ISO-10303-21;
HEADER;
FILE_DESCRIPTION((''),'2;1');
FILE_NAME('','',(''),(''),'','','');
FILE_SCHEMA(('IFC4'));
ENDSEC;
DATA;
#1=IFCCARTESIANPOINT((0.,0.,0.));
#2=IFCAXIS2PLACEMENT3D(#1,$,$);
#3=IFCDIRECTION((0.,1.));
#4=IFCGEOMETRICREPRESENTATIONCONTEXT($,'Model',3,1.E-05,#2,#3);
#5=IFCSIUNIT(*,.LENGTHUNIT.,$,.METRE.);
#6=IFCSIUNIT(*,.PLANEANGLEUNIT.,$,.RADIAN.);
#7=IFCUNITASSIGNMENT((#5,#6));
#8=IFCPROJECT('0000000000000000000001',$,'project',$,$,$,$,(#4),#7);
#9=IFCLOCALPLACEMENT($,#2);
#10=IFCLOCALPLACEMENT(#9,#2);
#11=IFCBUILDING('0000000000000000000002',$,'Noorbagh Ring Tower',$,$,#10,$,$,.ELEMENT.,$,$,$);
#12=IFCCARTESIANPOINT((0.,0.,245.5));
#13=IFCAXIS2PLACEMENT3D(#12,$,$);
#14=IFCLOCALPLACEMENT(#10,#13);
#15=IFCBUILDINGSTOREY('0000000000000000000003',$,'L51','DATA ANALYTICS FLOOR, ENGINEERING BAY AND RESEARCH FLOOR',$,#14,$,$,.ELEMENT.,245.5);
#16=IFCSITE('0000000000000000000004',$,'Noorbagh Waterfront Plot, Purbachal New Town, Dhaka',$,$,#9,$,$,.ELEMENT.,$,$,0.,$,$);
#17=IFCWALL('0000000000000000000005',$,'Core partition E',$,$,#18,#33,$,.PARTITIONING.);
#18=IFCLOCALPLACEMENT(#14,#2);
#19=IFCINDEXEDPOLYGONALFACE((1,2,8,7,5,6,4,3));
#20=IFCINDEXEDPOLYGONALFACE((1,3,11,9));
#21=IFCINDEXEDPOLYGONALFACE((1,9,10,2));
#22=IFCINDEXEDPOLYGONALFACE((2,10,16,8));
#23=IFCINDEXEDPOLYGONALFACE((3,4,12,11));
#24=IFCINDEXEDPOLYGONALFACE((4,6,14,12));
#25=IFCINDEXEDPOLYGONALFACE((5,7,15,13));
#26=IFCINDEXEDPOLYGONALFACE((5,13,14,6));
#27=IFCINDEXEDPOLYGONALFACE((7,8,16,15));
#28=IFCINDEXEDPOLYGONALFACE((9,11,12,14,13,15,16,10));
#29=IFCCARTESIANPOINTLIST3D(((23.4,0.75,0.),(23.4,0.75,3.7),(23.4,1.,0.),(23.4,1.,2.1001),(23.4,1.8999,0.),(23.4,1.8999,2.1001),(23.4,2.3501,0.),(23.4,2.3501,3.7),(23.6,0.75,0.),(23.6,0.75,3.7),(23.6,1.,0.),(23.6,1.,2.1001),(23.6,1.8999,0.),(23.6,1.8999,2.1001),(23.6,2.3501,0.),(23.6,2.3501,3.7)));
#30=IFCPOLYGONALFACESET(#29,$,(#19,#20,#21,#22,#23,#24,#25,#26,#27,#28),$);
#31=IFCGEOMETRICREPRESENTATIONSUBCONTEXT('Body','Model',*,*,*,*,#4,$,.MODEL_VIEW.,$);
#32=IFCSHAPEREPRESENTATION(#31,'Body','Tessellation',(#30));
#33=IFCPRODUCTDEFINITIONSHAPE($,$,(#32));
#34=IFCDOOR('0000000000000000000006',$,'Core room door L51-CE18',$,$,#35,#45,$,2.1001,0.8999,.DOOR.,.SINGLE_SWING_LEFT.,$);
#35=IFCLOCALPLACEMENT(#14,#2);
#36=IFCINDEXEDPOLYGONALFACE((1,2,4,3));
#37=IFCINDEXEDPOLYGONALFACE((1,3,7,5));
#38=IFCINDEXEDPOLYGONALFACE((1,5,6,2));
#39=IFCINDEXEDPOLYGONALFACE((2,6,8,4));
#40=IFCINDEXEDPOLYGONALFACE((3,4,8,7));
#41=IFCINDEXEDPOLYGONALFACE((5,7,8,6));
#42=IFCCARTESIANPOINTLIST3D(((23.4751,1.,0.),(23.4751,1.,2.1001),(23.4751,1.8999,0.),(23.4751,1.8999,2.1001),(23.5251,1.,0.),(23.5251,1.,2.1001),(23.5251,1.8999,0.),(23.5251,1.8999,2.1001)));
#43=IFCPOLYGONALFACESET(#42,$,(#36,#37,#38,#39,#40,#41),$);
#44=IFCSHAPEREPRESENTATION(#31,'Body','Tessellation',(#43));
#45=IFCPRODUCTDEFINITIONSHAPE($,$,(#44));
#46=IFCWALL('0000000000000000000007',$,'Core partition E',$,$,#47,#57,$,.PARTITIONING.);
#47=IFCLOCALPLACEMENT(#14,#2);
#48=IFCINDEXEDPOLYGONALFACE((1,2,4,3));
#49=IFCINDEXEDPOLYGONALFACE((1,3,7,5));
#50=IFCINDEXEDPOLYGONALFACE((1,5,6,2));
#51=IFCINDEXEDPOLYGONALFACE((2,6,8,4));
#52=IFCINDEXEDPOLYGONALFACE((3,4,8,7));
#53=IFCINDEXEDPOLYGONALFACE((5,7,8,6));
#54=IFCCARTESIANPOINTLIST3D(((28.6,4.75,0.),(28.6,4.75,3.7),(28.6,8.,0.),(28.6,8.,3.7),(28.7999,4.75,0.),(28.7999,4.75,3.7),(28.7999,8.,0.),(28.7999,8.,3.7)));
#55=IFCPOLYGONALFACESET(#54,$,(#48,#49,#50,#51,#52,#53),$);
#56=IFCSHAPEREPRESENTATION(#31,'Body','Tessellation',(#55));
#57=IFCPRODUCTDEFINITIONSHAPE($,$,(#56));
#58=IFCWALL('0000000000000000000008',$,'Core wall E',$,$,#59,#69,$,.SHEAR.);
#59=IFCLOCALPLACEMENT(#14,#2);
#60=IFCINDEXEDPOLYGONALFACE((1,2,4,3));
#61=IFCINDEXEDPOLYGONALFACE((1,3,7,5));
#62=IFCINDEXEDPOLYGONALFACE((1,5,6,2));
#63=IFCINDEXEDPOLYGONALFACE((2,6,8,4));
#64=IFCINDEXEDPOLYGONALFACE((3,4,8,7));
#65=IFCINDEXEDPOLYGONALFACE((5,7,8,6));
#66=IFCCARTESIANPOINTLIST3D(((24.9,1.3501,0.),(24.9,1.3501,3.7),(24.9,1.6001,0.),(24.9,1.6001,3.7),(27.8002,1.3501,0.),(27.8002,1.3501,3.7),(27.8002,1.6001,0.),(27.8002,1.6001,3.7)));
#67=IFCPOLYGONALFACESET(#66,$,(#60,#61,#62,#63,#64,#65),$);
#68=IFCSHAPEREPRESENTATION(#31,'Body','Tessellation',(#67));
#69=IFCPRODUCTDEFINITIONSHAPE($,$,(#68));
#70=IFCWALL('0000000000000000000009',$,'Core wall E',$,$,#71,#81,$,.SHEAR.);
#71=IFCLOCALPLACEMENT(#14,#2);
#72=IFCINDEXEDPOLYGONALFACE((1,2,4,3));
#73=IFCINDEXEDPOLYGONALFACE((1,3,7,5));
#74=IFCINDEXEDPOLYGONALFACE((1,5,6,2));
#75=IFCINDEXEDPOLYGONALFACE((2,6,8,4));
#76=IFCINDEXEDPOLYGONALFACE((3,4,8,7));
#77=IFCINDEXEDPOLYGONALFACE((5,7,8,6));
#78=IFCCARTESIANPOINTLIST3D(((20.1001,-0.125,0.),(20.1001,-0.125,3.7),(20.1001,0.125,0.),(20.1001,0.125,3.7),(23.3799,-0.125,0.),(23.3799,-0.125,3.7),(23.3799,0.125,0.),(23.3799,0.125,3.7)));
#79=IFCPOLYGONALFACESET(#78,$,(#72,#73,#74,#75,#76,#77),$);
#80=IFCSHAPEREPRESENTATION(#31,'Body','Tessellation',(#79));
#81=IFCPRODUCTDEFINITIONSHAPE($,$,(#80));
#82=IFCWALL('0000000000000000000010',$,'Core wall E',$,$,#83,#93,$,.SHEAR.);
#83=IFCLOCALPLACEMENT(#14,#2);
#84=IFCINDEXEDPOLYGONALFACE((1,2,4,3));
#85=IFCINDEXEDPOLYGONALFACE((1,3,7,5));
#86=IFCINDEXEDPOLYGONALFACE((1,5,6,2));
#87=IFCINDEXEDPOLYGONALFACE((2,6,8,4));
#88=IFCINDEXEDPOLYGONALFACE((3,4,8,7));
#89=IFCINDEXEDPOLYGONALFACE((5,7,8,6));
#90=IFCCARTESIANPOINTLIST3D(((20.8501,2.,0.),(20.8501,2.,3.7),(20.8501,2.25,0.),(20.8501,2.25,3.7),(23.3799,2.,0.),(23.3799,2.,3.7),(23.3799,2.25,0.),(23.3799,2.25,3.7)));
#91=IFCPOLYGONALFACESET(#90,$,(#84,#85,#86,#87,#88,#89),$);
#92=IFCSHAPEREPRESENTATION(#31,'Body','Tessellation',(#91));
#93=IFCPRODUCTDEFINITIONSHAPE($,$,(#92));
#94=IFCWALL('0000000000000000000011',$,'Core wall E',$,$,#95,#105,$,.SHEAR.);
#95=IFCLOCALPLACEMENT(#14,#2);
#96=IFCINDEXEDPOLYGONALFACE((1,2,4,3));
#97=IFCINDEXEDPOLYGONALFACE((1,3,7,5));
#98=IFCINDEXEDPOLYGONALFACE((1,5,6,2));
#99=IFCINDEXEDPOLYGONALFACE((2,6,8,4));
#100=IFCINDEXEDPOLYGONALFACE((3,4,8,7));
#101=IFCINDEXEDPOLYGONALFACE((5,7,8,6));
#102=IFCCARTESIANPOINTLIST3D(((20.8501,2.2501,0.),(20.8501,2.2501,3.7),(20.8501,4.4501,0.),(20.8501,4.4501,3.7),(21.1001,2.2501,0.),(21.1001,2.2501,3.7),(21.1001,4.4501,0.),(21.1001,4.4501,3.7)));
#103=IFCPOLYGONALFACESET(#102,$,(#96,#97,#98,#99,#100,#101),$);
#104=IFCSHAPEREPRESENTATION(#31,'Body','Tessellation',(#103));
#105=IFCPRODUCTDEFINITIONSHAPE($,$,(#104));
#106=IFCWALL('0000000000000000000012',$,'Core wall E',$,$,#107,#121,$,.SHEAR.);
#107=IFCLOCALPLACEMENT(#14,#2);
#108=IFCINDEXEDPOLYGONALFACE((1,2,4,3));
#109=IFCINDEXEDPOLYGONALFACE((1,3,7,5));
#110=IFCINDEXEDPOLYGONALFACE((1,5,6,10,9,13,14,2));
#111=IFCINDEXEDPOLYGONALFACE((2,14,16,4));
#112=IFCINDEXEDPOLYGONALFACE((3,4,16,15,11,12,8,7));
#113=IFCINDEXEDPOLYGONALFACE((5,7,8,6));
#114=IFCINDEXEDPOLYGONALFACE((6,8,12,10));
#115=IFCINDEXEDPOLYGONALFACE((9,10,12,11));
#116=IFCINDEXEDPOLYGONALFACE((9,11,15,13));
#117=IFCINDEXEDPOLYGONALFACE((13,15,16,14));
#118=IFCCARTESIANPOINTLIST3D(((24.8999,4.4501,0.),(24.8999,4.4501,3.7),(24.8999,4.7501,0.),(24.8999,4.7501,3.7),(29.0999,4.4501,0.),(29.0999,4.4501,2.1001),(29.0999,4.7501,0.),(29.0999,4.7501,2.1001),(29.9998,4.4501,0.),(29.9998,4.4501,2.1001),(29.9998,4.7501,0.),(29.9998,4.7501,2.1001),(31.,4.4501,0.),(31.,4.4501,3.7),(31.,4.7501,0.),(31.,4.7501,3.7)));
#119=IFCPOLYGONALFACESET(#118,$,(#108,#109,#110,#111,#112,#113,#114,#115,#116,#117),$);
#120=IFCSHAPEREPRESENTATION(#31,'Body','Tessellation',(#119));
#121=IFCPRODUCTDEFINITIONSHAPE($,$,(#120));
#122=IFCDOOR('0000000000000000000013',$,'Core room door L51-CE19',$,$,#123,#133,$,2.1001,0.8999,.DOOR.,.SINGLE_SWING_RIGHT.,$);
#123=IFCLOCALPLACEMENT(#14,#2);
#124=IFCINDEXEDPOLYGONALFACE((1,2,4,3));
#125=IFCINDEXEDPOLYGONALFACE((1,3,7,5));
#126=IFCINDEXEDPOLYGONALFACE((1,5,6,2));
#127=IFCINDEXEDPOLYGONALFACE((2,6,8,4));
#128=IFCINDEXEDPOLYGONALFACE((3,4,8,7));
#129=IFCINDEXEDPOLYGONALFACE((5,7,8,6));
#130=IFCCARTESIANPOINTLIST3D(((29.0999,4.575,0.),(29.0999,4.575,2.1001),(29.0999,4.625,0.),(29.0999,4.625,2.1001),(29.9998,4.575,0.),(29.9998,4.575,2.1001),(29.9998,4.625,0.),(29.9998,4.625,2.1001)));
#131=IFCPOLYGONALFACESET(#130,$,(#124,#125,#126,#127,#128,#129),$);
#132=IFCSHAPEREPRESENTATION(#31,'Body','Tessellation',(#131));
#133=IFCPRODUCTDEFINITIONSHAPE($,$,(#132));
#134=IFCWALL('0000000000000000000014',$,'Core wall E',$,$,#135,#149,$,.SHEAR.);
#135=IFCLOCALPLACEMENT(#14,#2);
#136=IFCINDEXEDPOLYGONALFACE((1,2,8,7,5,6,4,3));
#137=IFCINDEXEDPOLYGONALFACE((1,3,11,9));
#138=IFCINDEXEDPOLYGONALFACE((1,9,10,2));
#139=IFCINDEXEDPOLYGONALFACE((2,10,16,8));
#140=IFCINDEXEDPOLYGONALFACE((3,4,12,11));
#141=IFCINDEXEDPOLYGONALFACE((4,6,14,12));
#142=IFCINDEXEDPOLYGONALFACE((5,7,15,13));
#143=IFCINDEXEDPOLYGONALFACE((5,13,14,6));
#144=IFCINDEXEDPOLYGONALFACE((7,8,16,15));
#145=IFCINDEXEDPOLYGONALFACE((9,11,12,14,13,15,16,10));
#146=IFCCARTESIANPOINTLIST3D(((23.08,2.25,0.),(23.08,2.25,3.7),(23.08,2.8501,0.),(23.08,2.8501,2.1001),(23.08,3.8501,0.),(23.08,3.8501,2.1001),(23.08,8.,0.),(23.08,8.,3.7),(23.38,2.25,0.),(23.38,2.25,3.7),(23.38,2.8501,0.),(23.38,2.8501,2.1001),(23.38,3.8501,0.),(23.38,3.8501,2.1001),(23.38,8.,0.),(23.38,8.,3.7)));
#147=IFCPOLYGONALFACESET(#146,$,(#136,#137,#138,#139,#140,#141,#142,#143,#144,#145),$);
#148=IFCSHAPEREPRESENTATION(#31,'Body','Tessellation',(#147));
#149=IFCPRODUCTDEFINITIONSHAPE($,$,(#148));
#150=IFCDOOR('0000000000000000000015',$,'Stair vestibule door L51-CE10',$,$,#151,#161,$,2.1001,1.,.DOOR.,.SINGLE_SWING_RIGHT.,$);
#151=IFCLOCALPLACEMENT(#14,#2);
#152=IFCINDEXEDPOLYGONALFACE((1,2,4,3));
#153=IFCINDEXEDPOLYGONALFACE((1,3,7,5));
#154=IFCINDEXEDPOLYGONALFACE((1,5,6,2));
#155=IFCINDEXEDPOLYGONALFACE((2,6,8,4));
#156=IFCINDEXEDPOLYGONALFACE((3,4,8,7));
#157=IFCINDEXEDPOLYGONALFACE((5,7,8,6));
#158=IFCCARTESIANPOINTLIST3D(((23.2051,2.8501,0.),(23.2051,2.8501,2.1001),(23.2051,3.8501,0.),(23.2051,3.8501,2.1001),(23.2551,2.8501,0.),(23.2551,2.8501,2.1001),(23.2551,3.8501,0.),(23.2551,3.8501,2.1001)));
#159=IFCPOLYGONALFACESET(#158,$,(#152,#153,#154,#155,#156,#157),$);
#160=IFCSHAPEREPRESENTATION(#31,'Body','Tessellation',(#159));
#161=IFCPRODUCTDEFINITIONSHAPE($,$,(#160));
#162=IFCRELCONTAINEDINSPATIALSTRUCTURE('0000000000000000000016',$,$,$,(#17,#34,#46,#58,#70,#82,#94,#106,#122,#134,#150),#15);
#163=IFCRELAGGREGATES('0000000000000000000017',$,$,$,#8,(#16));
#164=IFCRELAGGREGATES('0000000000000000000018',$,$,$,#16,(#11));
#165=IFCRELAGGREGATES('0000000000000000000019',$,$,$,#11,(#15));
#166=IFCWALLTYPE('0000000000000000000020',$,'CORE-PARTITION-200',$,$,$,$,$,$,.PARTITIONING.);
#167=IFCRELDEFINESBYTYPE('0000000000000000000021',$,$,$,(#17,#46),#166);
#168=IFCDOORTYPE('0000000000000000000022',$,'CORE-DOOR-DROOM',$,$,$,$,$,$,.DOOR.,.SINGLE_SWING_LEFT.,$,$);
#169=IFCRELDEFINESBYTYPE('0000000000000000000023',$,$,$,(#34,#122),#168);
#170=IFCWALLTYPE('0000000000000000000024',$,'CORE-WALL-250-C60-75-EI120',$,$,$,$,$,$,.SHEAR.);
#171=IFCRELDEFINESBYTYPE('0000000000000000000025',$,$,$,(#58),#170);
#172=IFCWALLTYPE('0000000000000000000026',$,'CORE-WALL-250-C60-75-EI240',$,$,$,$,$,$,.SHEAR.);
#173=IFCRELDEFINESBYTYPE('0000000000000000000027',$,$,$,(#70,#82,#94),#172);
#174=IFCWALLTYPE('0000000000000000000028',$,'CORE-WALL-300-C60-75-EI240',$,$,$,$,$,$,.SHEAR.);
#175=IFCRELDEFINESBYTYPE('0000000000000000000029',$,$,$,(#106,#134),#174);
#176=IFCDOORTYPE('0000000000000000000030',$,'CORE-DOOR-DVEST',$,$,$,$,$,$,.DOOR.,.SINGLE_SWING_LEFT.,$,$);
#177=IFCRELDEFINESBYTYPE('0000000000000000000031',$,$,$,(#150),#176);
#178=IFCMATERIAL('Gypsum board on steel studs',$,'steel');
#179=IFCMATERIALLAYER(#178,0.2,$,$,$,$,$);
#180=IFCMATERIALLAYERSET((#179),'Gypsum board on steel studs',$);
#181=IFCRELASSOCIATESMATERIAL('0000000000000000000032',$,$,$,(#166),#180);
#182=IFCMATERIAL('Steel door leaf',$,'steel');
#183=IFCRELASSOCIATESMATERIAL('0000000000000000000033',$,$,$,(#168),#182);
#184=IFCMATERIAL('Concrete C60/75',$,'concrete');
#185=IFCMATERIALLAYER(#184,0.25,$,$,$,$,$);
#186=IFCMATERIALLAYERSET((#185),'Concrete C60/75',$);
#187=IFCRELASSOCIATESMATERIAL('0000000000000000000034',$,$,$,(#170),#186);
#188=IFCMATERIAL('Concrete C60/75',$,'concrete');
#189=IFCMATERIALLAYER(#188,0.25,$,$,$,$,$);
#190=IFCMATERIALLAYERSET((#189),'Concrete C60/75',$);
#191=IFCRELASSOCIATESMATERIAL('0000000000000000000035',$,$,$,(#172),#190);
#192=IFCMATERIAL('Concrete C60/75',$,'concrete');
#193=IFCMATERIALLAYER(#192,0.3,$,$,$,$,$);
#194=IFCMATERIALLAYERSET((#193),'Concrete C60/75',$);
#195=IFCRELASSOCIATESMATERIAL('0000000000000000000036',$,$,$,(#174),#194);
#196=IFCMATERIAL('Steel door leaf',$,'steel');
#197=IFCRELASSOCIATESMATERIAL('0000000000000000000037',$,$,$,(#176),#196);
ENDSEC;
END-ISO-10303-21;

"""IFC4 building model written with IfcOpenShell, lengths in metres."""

from ifc_helpers import new_model, si_unit, direction, frame, frame_2d, origin, place, context, subcontext, project, spatial, rectangle, extrude, material, layer, layer_set, type_object, element, fill, save


model = new_model("IFC4")

# Units and contexts
model_context = context("Model", 3, precision=1e-05, world=origin(), true_north=direction((0.0, 1.0)))
body_context = subcontext(model_context, "Body", "Model", "MODEL_VIEW")
ifc_project = project(units=[si_unit("LENGTHUNIT", "METRE"), si_unit("PLANEANGLEUNIT", "RADIAN")], contexts=[model_context])

# Site, building, storey
site_placement = place(None, origin())
site = spatial("IfcSite", under=ifc_project, at=site_placement, Name="Noorbagh Waterfront Plot, Purbachal New Town, Dhaka", CompositionType="ELEMENT", RefElevation=0.0)
building_placement = place(site_placement, origin())
building = spatial("IfcBuilding", under=site, at=building_placement, Name="Noorbagh Ring Tower", CompositionType="ELEMENT")
storey_placement = place(building_placement, frame((0.0, 0.0, 245.5)))
storey = spatial("IfcBuildingStorey", under=building, at=storey_placement, Name="L51", Description="DATA ANALYTICS FLOOR, ENGINEERING BAY AND RESEARCH FLOOR", CompositionType="ELEMENT", Elevation=245.5)

# Shared definitions
ifc_material_1 = material(Name="Gypsum board on steel studs", Category="steel")
ifc_layer_1 = layer(ifc_material_1, 0.2)
ifc_layer_set_1 = layer_set([ifc_layer_1], Name="Gypsum board on steel studs")
wall_type_1 = type_object("IfcWallType", Name="CORE-PARTITION-200", PredefinedType="PARTITIONING", material=ifc_layer_set_1)

# Wall, opening, door
wall_1_placement = place(storey_placement, frame((23.5, 0.75, 0.0), z_axis=(0.0, 0.0, 1.0), x_axis=(0.0, 1.0, 0.0)))
wall_1 = element("IfcWall", 1, at=wall_1_placement, inside=storey, type_object=wall_type_1, Name="Core partition E", PredefinedType="PARTITIONING", context=body_context, shape_type="SweptSolid", body=[
    extrude(rectangle(XDim=1.6001, YDim=0.2, at=frame_2d((0.8, 0.0))), origin(), (0.0, 0.0, 1.0), 3.7),
])
opening_1_placement = place(wall_1_placement, frame((0.25, 0.0, 0.0)))
opening_1 = element("IfcOpeningElement", 2, at=opening_1_placement, cuts=wall_1, PredefinedType="OPENING", context=body_context, shape_type="SweptSolid", body=[
    extrude(rectangle(XDim=0.8999, YDim=2.1001, at=frame_2d((0.45, 1.05))), frame((0.0, 0.1099, 0.0), z_axis=(0.0, -1.0, 0.0), x_axis=(1.0, 0.0, 0.0)), (0.0, 0.0, 1.0), 0.22),
])
ifc_material_2 = material(Name="Steel door leaf", Category="steel")
door_type_1 = type_object("IfcDoorType", Name="CORE-DOOR-DROOM", OperationType="SINGLE_SWING_LEFT", PredefinedType="DOOR", material=ifc_material_2)
door_1_placement = place(opening_1_placement, origin())
door_1 = element("IfcDoor", 3, at=door_1_placement, inside=storey, type_object=door_type_1, Name="Core room door L51-CE18", OperationType="SINGLE_SWING_LEFT", OverallHeight=2.1001, OverallWidth=0.8999, PredefinedType="DOOR", context=body_context, shape_type="SweptSolid", body=[
    extrude(rectangle(XDim=0.8999, YDim=2.1001, at=frame_2d((0.45, 1.05))), frame((0.0, 0.0249, 0.0), z_axis=(0.0, -1.0, 0.0), x_axis=(1.0, 0.0, 0.0)), (0.0, 0.0, 1.0), 0.05),
])
fill(opening_1, door_1)

# Walls
wall_2_placement = place(storey_placement, frame((28.7, 4.75, 0.0), z_axis=(0.0, 0.0, 1.0), x_axis=(0.0, 1.0, 0.0)))
element("IfcWall", 4, at=wall_2_placement, inside=storey, type_object=wall_type_1, Name="Core partition E", PredefinedType="PARTITIONING", context=body_context, shape_type="SweptSolid", body=[
    extrude(rectangle(XDim=3.25, YDim=0.2, at=frame_2d((1.625, 0.0))), origin(), (0.0, 0.0, 1.0), 3.7),
])
ifc_material_3 = material(Name="Concrete C60/75", Category="concrete")
ifc_layer_2 = layer(ifc_material_3, 0.25)
ifc_layer_set_2 = layer_set([ifc_layer_2], Name="Concrete C60/75")
wall_type_2 = type_object("IfcWallType", Name="CORE-WALL-250-C60-75-EI120", PredefinedType="SHEAR", material=ifc_layer_set_2)
wall_3_placement = place(storey_placement, frame((24.8999, 1.4751, 0.0), z_axis=(0.0, 0.0, 1.0), x_axis=(1.0, 0.0, 0.0)))
element("IfcWall", 5, at=wall_3_placement, inside=storey, type_object=wall_type_2, Name="Core wall E", PredefinedType="SHEAR", context=body_context, shape_type="SweptSolid", body=[
    extrude(rectangle(XDim=2.9001, YDim=0.25, at=frame_2d((1.4502, 0.0))), origin(), (0.0, 0.0, 1.0), 3.7),
])
ifc_material_4 = material(Name="Concrete C60/75", Category="concrete")
ifc_layer_3 = layer(ifc_material_4, 0.25)
ifc_layer_set_3 = layer_set([ifc_layer_3], Name="Concrete C60/75")
wall_type_3 = type_object("IfcWallType", Name="CORE-WALL-250-C60-75-EI240", PredefinedType="SHEAR", material=ifc_layer_set_3)
wall_4_placement = place(storey_placement, frame((20.1001, 0.0, 0.0), z_axis=(0.0, 0.0, 1.0), x_axis=(1.0, 0.0, 0.0)))
element("IfcWall", 6, at=wall_4_placement, inside=storey, type_object=wall_type_3, Name="Core wall E", PredefinedType="SHEAR", context=body_context, shape_type="SweptSolid", body=[
    extrude(rectangle(XDim=3.2798, YDim=0.25, at=frame_2d((1.6399, 0.0))), origin(), (0.0, 0.0, 1.0), 3.7),
])
wall_5_placement = place(storey_placement, frame((20.8501, 2.125, 0.0), z_axis=(0.0, 0.0, 1.0), x_axis=(1.0, 0.0, 0.0)))
element("IfcWall", 7, at=wall_5_placement, inside=storey, type_object=wall_type_3, Name="Core wall E", PredefinedType="SHEAR", context=body_context, shape_type="SweptSolid", body=[
    extrude(rectangle(XDim=2.5298, YDim=0.25, at=frame_2d((1.2649, 0.0))), origin(), (0.0, 0.0, 1.0), 3.7),
])
wall_6_placement = place(storey_placement, frame((20.9751, 2.25, 0.0), z_axis=(0.0, 0.0, 1.0), x_axis=(0.0, 1.0, 0.0)))
element("IfcWall", 8, at=wall_6_placement, inside=storey, type_object=wall_type_3, Name="Core wall E", PredefinedType="SHEAR", context=body_context, shape_type="SweptSolid", body=[
    extrude(rectangle(XDim=2.2, YDim=0.25, at=frame_2d((1.1001, 0.0))), origin(), (0.0, 0.0, 1.0), 3.7),
])

# Walls, openings, doors
ifc_material_5 = material(Name="Concrete C60/75", Category="concrete")
ifc_layer_4 = layer(ifc_material_5, 0.3)
ifc_layer_set_4 = layer_set([ifc_layer_4], Name="Concrete C60/75")
wall_type_4 = type_object("IfcWallType", Name="CORE-WALL-300-C60-75-EI240", PredefinedType="SHEAR", material=ifc_layer_set_4)
wall_7_placement = place(storey_placement, frame((24.8999, 4.6001, 0.0), z_axis=(0.0, 0.0, 1.0), x_axis=(1.0, 0.0, 0.0)))
wall_7 = element("IfcWall", 9, at=wall_7_placement, inside=storey, type_object=wall_type_4, Name="Core wall E", PredefinedType="SHEAR", context=body_context, shape_type="SweptSolid", body=[
    extrude(rectangle(XDim=6.1001, YDim=0.3, at=frame_2d((3.05, 0.0))), origin(), (0.0, 0.0, 1.0), 3.7),
])
opening_2_placement = place(wall_7_placement, frame((4.2, 0.0, 0.0)))
opening_2 = element("IfcOpeningElement", 10, at=opening_2_placement, cuts=wall_7, PredefinedType="OPENING", context=body_context, shape_type="SweptSolid", body=[
    extrude(rectangle(XDim=0.8999, YDim=2.1001, at=frame_2d((0.45, 1.05))), frame((0.0, 0.1602, 0.0), z_axis=(0.0, -1.0, 0.0), x_axis=(1.0, 0.0, 0.0)), (0.0, 0.0, 1.0), 0.3201),
])
door_2_placement = place(opening_2_placement, origin())
door_2 = element("IfcDoor", 11, at=door_2_placement, inside=storey, type_object=door_type_1, Name="Core room door L51-CE19", OperationType="SINGLE_SWING_RIGHT", OverallHeight=2.1001, OverallWidth=0.8999, PredefinedType="DOOR", context=body_context, shape_type="SweptSolid", body=[
    extrude(rectangle(XDim=0.8999, YDim=2.1001, at=frame_2d((0.45, 1.05))), frame((0.0, 0.0249, 0.0), z_axis=(0.0, -1.0, 0.0), x_axis=(1.0, 0.0, 0.0)), (0.0, 0.0, 1.0), 0.05),
])
fill(opening_2, door_2)
wall_8_placement = place(storey_placement, frame((23.23, 2.25, 0.0), z_axis=(0.0, 0.0, 1.0), x_axis=(0.0, 1.0, 0.0)))
wall_8 = element("IfcWall", 12, at=wall_8_placement, inside=storey, type_object=wall_type_4, Name="Core wall E", PredefinedType="SHEAR", context=body_context, shape_type="SweptSolid", body=[
    extrude(rectangle(XDim=5.75, YDim=0.3, at=frame_2d((2.875, 0.0))), origin(), (0.0, 0.0, 1.0), 3.7),
])
opening_3_placement = place(wall_8_placement, frame((0.6001, 0.0, 0.0)))
opening_3 = element("IfcOpeningElement", 13, at=opening_3_placement, cuts=wall_8, PredefinedType="OPENING", context=body_context, shape_type="SweptSolid", body=[
    extrude(rectangle(XDim=1.0, YDim=2.1001, at=frame_2d((0.5, 1.05))), frame((0.0, 0.1602, 0.0), z_axis=(0.0, -1.0, 0.0), x_axis=(1.0, 0.0, 0.0)), (0.0, 0.0, 1.0), 0.3201),
])
ifc_material_6 = material(Name="Steel door leaf", Category="steel")
door_type_2 = type_object("IfcDoorType", Name="CORE-DOOR-DVEST", OperationType="SINGLE_SWING_LEFT", PredefinedType="DOOR", material=ifc_material_6)
door_3_placement = place(opening_3_placement, origin())
door_3 = element("IfcDoor", 14, at=door_3_placement, inside=storey, type_object=door_type_2, Name="Stair vestibule door L51-CE10", OperationType="SINGLE_SWING_RIGHT", OverallHeight=2.1001, OverallWidth=1.0, PredefinedType="DOOR", context=body_context, shape_type="SweptSolid", body=[
    extrude(rectangle(XDim=1.0, YDim=2.1001, at=frame_2d((0.5, 1.05))), frame((0.0, 0.0249, 0.0), z_axis=(0.0, -1.0, 0.0), x_axis=(1.0, 0.0, 0.0)), (0.0, 0.0, 1.0), 0.05),
])
fill(opening_3, door_3)

save(model, "model.ifc")
